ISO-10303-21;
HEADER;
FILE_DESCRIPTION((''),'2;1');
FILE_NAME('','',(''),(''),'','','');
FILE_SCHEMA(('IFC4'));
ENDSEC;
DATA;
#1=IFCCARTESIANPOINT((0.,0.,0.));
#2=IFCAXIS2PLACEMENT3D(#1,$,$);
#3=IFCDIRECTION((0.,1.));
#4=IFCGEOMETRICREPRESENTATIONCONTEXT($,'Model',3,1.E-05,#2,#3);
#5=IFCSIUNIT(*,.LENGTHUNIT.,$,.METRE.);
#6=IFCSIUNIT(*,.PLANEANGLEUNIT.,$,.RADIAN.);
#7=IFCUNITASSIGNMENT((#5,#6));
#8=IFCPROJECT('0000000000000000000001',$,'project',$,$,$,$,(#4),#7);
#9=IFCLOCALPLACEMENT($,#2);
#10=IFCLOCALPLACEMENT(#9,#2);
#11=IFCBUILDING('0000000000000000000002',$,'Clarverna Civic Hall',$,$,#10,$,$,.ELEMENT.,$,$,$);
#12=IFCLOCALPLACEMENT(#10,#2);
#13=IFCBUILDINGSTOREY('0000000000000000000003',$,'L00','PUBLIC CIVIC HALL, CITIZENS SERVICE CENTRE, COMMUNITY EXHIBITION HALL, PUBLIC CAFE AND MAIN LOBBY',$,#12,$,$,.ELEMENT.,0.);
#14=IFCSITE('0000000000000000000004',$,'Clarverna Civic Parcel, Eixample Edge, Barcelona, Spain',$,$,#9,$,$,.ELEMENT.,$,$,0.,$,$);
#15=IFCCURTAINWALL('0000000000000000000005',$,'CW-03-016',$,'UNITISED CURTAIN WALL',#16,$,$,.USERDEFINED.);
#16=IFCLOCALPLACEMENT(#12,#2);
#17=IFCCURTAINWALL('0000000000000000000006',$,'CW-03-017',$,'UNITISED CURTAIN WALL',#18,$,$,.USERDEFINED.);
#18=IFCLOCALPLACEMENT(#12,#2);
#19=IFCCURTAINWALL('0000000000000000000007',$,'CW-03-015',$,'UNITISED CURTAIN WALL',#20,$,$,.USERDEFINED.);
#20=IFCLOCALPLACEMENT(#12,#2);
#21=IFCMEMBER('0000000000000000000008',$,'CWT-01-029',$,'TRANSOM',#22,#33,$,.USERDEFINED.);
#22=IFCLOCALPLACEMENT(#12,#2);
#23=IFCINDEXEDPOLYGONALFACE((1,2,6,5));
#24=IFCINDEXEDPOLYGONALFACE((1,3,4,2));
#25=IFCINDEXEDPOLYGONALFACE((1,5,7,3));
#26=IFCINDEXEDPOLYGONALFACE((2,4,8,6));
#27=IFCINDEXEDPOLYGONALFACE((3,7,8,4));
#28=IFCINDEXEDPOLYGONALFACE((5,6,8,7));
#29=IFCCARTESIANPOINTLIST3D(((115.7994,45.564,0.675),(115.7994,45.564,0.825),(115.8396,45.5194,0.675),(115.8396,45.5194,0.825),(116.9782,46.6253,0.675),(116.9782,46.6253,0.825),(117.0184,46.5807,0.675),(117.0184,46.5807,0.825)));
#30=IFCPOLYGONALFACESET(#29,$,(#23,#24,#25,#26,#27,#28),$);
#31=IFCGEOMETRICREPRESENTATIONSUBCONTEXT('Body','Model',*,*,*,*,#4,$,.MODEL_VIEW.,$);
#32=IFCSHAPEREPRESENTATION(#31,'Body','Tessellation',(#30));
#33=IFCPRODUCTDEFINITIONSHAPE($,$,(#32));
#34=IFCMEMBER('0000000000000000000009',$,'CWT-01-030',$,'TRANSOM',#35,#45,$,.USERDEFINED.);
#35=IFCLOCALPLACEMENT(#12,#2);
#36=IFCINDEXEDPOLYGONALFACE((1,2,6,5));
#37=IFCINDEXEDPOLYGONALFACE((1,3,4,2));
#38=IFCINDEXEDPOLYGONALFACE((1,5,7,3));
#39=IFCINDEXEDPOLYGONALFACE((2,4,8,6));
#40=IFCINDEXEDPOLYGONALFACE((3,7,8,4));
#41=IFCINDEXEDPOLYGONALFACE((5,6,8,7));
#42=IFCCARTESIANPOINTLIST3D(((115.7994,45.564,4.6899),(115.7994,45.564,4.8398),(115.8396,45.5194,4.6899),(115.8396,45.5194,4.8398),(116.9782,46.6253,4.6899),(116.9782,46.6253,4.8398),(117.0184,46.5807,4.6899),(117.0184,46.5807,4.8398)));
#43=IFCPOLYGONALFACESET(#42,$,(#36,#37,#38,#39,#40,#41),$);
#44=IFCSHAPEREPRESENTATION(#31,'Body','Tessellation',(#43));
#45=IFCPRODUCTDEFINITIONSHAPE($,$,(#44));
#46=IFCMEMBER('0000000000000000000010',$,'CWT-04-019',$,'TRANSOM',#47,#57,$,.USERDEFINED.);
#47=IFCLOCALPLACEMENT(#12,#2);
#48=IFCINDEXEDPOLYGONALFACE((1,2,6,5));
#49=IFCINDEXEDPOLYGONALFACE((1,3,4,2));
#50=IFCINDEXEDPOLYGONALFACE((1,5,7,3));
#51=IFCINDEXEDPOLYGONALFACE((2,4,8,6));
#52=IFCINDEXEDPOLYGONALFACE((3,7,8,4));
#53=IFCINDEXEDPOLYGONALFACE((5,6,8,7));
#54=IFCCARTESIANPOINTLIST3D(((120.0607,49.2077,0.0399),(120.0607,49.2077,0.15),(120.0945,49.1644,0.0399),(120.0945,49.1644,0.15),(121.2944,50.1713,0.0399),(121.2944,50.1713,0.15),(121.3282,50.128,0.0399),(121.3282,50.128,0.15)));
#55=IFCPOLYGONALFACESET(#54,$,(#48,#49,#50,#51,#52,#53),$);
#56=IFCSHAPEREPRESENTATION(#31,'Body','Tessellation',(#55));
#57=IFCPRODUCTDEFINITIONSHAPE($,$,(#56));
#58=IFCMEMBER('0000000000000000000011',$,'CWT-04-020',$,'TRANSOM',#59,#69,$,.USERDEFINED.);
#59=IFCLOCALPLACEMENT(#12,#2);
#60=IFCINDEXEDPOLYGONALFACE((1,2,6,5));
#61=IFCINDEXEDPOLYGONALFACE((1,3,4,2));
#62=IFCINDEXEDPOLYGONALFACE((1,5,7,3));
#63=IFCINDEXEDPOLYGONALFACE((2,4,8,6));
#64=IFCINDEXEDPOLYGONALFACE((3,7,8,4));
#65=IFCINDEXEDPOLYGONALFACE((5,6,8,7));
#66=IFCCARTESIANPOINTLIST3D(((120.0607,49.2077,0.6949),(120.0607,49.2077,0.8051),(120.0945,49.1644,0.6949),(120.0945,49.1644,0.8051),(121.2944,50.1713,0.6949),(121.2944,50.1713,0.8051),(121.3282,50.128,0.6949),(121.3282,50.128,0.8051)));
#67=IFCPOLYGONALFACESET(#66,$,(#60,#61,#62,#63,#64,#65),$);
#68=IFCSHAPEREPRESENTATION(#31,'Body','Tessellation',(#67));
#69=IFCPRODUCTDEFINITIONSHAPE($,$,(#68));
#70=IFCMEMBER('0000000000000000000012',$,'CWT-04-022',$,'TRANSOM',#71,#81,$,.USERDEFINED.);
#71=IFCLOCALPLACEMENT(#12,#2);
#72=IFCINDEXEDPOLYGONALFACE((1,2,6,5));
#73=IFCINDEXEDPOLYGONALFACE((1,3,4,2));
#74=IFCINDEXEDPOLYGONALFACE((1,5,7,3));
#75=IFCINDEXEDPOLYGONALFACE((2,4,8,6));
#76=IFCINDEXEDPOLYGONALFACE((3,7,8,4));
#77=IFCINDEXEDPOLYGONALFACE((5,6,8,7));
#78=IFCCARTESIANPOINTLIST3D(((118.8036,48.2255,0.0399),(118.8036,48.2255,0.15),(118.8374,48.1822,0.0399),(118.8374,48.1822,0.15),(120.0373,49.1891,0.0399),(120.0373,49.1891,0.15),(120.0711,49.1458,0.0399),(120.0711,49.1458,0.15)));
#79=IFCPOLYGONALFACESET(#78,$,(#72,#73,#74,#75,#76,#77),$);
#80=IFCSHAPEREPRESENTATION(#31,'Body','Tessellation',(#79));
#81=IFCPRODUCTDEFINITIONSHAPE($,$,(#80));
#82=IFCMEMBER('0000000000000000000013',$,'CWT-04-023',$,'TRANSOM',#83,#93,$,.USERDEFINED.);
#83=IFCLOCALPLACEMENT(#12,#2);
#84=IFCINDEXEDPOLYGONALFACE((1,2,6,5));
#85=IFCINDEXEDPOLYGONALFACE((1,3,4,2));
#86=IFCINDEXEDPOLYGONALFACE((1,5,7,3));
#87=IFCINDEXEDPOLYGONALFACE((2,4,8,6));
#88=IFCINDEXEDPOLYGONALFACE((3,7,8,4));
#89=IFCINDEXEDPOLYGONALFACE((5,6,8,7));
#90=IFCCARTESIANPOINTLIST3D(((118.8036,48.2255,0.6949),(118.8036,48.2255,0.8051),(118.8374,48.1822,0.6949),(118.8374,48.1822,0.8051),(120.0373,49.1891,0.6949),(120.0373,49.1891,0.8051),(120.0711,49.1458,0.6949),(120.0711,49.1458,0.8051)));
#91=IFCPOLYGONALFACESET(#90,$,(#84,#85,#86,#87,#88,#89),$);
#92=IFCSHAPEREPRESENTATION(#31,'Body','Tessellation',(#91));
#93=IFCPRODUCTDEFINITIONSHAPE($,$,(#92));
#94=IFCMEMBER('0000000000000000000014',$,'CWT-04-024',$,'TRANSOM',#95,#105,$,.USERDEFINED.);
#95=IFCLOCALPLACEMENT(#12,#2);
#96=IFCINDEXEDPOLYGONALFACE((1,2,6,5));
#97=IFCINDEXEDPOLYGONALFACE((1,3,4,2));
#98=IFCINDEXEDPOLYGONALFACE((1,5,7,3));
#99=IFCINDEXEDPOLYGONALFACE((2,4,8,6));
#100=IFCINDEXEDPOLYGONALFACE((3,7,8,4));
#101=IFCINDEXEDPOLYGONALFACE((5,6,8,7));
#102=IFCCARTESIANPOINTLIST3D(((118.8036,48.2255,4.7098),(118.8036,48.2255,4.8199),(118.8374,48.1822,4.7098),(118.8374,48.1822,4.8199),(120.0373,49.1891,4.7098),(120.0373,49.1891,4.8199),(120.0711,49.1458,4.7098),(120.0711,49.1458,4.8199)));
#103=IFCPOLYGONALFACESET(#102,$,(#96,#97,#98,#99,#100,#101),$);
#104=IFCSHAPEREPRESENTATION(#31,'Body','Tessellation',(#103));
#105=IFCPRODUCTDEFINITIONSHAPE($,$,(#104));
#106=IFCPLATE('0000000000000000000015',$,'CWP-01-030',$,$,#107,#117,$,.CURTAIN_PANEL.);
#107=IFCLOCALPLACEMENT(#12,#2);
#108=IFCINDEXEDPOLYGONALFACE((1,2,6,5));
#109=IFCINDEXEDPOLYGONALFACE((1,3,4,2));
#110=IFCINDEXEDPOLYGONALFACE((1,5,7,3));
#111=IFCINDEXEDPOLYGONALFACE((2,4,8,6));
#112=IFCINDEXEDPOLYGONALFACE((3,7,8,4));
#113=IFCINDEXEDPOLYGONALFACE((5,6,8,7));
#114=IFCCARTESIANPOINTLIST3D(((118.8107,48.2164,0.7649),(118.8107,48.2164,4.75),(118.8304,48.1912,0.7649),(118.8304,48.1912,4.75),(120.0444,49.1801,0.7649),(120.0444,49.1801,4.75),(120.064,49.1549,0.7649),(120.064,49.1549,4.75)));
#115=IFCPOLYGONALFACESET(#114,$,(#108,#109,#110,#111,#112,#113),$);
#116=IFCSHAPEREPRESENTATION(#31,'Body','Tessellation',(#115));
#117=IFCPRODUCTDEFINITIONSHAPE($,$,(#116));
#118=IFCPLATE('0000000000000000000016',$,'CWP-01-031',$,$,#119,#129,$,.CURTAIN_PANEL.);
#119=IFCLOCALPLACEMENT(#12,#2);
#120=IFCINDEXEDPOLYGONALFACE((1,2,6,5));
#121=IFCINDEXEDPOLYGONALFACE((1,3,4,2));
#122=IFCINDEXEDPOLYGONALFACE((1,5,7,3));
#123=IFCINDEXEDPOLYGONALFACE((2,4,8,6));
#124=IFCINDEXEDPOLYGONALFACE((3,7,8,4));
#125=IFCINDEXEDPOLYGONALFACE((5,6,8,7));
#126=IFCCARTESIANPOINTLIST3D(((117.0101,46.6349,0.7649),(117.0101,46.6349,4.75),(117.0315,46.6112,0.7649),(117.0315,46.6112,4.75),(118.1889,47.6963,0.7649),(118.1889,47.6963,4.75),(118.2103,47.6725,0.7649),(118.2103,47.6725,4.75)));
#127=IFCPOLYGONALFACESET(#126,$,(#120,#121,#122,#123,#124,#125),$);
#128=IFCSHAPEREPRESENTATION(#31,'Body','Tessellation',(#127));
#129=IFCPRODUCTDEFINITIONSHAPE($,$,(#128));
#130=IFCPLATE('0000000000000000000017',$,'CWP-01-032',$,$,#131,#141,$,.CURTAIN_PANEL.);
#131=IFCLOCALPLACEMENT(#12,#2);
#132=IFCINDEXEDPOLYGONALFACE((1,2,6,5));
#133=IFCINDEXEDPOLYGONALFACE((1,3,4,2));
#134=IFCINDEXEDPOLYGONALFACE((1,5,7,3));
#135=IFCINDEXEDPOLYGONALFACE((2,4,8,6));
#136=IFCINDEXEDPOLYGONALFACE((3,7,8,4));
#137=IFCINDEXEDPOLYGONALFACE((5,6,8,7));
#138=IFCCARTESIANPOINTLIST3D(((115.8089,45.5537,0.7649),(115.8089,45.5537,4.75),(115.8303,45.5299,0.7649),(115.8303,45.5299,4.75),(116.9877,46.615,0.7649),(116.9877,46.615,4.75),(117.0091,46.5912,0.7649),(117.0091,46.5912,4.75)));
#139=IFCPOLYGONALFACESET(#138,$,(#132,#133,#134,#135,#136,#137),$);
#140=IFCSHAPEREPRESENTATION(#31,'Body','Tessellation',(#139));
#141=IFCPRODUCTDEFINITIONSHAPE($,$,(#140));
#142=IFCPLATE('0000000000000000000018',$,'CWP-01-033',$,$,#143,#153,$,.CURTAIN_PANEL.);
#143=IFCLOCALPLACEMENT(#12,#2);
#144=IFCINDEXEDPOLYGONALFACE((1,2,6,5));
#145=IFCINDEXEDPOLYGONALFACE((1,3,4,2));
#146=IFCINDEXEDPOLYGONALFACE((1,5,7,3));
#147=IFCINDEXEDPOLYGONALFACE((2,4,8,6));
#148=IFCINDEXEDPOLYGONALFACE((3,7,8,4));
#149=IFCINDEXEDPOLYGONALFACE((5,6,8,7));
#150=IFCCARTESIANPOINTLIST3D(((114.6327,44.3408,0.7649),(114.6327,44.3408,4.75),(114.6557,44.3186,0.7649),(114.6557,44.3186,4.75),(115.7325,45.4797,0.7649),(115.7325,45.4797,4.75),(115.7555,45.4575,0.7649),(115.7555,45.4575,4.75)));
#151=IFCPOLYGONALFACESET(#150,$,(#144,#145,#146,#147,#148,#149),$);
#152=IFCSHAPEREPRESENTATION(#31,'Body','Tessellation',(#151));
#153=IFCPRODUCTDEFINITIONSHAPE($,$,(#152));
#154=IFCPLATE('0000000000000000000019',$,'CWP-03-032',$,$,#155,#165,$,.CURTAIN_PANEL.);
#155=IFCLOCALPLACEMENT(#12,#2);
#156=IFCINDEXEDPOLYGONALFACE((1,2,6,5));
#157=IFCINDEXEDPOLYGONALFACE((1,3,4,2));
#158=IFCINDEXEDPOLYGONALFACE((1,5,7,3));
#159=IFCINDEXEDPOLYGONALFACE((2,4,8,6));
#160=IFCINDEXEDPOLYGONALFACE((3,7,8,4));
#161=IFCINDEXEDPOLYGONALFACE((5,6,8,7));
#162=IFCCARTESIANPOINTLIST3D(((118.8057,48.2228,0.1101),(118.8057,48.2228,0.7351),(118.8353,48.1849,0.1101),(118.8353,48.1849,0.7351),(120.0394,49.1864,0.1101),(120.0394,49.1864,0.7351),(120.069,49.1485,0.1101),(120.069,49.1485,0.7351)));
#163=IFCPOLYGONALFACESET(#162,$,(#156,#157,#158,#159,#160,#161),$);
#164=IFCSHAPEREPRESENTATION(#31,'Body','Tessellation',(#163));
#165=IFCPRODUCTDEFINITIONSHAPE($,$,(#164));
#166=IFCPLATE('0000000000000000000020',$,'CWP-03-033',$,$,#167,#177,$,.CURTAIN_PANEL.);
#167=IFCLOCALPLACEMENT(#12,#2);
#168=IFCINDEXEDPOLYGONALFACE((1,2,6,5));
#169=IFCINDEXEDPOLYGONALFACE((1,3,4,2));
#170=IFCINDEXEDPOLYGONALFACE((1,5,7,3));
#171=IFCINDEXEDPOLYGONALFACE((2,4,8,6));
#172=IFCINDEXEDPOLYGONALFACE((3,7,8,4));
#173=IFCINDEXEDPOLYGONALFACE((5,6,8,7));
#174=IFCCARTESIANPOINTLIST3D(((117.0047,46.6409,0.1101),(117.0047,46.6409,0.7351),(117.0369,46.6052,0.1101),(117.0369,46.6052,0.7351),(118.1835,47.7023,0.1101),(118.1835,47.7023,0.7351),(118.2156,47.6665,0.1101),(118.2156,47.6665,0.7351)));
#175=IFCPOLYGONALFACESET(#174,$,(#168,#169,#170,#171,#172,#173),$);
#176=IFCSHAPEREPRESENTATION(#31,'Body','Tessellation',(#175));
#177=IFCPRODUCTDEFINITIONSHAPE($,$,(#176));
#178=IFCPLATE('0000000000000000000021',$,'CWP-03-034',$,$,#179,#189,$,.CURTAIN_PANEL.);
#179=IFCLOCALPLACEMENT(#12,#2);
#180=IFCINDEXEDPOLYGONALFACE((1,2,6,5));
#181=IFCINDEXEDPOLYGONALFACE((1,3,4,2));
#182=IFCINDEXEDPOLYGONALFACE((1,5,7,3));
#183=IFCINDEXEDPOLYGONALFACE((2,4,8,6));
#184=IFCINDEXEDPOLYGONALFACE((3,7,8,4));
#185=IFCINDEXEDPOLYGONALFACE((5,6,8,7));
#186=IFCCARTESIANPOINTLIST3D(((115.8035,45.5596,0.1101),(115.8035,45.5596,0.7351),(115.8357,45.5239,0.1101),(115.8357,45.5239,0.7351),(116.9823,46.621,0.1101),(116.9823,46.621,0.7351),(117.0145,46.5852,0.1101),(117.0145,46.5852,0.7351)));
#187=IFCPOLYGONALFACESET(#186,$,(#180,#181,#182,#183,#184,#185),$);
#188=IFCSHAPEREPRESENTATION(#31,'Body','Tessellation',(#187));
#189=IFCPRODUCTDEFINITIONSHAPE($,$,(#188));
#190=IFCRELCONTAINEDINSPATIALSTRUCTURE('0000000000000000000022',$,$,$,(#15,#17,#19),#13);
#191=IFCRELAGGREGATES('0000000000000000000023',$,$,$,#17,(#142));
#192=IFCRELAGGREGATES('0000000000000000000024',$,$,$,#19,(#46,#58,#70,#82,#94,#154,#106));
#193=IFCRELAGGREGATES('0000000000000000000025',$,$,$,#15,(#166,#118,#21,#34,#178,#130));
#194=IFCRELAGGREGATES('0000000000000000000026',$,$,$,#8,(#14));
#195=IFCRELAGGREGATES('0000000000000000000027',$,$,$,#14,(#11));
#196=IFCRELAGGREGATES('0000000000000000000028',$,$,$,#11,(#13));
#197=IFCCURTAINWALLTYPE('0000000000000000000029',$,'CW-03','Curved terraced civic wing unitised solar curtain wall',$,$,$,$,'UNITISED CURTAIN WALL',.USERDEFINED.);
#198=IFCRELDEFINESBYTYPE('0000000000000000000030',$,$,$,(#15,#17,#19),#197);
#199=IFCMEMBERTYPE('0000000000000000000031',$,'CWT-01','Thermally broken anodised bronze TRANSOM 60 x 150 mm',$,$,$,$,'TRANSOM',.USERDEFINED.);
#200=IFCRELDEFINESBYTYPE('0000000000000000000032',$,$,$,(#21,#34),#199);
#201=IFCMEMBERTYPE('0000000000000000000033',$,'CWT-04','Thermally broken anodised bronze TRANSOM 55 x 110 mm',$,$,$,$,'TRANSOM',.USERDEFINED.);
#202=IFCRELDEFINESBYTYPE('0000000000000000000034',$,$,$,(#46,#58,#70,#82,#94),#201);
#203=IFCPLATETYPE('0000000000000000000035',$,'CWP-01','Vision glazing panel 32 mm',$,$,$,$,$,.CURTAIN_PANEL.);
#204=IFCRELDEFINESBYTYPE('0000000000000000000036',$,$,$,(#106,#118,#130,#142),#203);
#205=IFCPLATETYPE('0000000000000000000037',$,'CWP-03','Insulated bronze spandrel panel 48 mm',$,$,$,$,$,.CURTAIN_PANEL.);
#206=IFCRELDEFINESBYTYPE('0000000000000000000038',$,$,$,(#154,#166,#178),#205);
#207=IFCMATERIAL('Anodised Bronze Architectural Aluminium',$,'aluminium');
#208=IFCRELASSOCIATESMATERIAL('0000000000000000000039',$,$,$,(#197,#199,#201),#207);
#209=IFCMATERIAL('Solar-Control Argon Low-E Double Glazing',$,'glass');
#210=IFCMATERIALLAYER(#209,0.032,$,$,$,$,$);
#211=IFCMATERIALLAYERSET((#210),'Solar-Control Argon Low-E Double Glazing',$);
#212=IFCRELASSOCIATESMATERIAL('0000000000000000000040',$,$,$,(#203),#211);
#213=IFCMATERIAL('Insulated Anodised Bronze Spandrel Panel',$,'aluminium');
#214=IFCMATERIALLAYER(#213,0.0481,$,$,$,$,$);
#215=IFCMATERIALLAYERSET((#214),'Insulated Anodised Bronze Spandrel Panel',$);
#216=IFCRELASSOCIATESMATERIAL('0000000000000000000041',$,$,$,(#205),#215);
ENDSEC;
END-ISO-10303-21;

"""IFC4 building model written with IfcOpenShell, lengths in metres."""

from ifc_helpers import new_model, si_unit, direction, frame, frame_2d, origin, origin_2d, place, context, subcontext, project, spatial, rectangle, extrude, material, layer, layer_set, material_profile, profile_set, type_object, element, aggregate, save


model = new_model("IFC4")

# Units and contexts
model_context = context("Model", 3, precision=1e-05, world=origin(), true_north=direction((0.0, 1.0)))
body_context = subcontext(model_context, "Body", "Model", "MODEL_VIEW")
ifc_project = project(units=[si_unit("LENGTHUNIT", "METRE"), si_unit("PLANEANGLEUNIT", "RADIAN")], contexts=[model_context])

# Site, building, storey
site_placement = place(None, origin())
site = spatial("IfcSite", under=ifc_project, at=site_placement, Name="Clarverna Civic Parcel, Eixample Edge, Barcelona, Spain", CompositionType="ELEMENT", RefElevation=0.0)
building_placement = place(site_placement, origin())
building = spatial("IfcBuilding", under=site, at=building_placement, Name="Clarverna Civic Hall", CompositionType="ELEMENT")
storey_placement = place(building_placement, origin())
storey = spatial("IfcBuildingStorey", under=building, at=storey_placement, Name="L00", Description="PUBLIC CIVIC HALL, CITIZENS SERVICE CENTRE, COMMUNITY EXHIBITION HALL, PUBLIC CAFE AND MAIN LOBBY", CompositionType="ELEMENT", Elevation=0.0)

# Curtain wall
ifc_material_1 = material(Name="Anodised Bronze Architectural Aluminium", Category="aluminium")
curtain_wall_type = type_object("IfcCurtainWallType", Name="CW-03", Description="Curved terraced civic wing unitised solar curtain wall", ElementType="UNITISED CURTAIN WALL", PredefinedType="USERDEFINED", material=ifc_material_1)
curtain_wall_1_placement = place(storey_placement, origin())
curtain_wall_1 = element("IfcCurtainWall", 1, at=curtain_wall_1_placement, inside=storey, type_object=curtain_wall_type, Name="CW-03-016", ObjectType="UNITISED CURTAIN WALL", PredefinedType="USERDEFINED")

# Curtain wall
curtain_wall_2_placement = place(storey_placement, origin())
curtain_wall_2 = element("IfcCurtainWall", 2, at=curtain_wall_2_placement, inside=storey, type_object=curtain_wall_type, Name="CW-03-017", ObjectType="UNITISED CURTAIN WALL", PredefinedType="USERDEFINED")

# Curtain wall
curtain_wall_3_placement = place(storey_placement, origin())
curtain_wall_3 = element("IfcCurtainWall", 3, at=curtain_wall_3_placement, inside=storey, type_object=curtain_wall_type, Name="CW-03-015", ObjectType="UNITISED CURTAIN WALL", PredefinedType="USERDEFINED")

# Members
ifc_material_profile_1 = material_profile(ifc_material_1, rectangle(XDim=0.0601, YDim=0.1499, at=origin_2d()), Name="BRONZE 60x150")
ifc_profile_set_1 = profile_set([ifc_material_profile_1], Name="Anodised Bronze Architectural Aluminium")
member_type_1 = type_object("IfcMemberType", Name="CWT-01", Description="Thermally broken anodised bronze TRANSOM 60 x 150 mm", ElementType="TRANSOM", PredefinedType="USERDEFINED", material=ifc_profile_set_1)
member_1_placement = place(storey_placement, frame((116.9983, 46.603, 0.75), z_axis=(-0.743156, -0.669118, 0.0), x_axis=(0.669118, -0.743156, 0.0)))
member_1 = element("IfcMember", 4, at=member_1_placement, type_object=member_type_1, Name="CWT-01-029", ObjectType="TRANSOM", PredefinedType="USERDEFINED", context=body_context, shape_type="SweptSolid", body=[
    extrude(rectangle(XDim=0.0601, YDim=0.1499, at=origin_2d()), origin(), (0.0, 0.0, 1.0), 1.5862),
])
member_2_placement = place(storey_placement, frame((116.9983, 46.603, 4.7649), z_axis=(-0.743156, -0.669118, 0.0), x_axis=(0.669118, -0.743156, 0.0)))
member_2 = element("IfcMember", 5, at=member_2_placement, type_object=member_type_1, Name="CWT-01-030", ObjectType="TRANSOM", PredefinedType="USERDEFINED", context=body_context, shape_type="SweptSolid", body=[
    extrude(rectangle(XDim=0.0601, YDim=0.1499, at=origin_2d()), origin(), (0.0, 0.0, 1.0), 1.5862),
])
ifc_material_profile_2 = material_profile(ifc_material_1, rectangle(XDim=0.0549, YDim=0.1101, at=origin_2d()), Name="BRONZE 55x110")
ifc_profile_set_2 = profile_set([ifc_material_profile_2], Name="Anodised Bronze Architectural Aluminium")
member_type_2 = type_object("IfcMemberType", Name="CWT-04", Description="Thermally broken anodised bronze TRANSOM 55 x 110 mm", ElementType="TRANSOM", PredefinedType="USERDEFINED", material=ifc_profile_set_2)
member_3_placement = place(storey_placement, frame((121.3113, 50.1497, 0.095), z_axis=(-0.788074, -0.61558, 0.0), x_axis=(0.61558, -0.788074, 0.0)))
member_3 = element("IfcMember", 6, at=member_3_placement, type_object=member_type_2, Name="CWT-04-019", ObjectType="TRANSOM", PredefinedType="USERDEFINED", context=body_context, shape_type="SweptSolid", body=[
    extrude(rectangle(XDim=0.0549, YDim=0.1101, at=origin_2d()), origin(), (0.0, 0.0, 1.0), 1.5654),
])
member_4_placement = place(storey_placement, frame((121.3113, 50.1497, 0.75), z_axis=(-0.788074, -0.61558, 0.0), x_axis=(0.61558, -0.788074, 0.0)))
member_4 = element("IfcMember", 7, at=member_4_placement, type_object=member_type_2, Name="CWT-04-020", ObjectType="TRANSOM", PredefinedType="USERDEFINED", context=body_context, shape_type="SweptSolid", body=[
    extrude(rectangle(XDim=0.0549, YDim=0.1101, at=origin_2d()), origin(), (0.0, 0.0, 1.0), 1.5654),
])
member_5_placement = place(storey_placement, frame((120.0542, 49.1675, 0.095), z_axis=(-0.788074, -0.61558, 0.0), x_axis=(0.61558, -0.788074, 0.0)))
member_5 = element("IfcMember", 8, at=member_5_placement, type_object=member_type_2, Name="CWT-04-022", ObjectType="TRANSOM", PredefinedType="USERDEFINED", context=body_context, shape_type="SweptSolid", body=[
    extrude(rectangle(XDim=0.0549, YDim=0.1101, at=origin_2d()), origin(), (0.0, 0.0, 1.0), 1.5654),
])
member_6_placement = place(storey_placement, frame((120.0542, 49.1675, 0.75), z_axis=(-0.788074, -0.61558, 0.0), x_axis=(0.61558, -0.788074, 0.0)))
member_6 = element("IfcMember", 9, at=member_6_placement, type_object=member_type_2, Name="CWT-04-023", ObjectType="TRANSOM", PredefinedType="USERDEFINED", context=body_context, shape_type="SweptSolid", body=[
    extrude(rectangle(XDim=0.0549, YDim=0.1101, at=origin_2d()), origin(), (0.0, 0.0, 1.0), 1.5654),
])
member_7_placement = place(storey_placement, frame((120.0542, 49.1675, 4.7649), z_axis=(-0.788074, -0.61558, 0.0), x_axis=(0.61558, -0.788074, 0.0)))
member_7 = element("IfcMember", 10, at=member_7_placement, type_object=member_type_2, Name="CWT-04-024", ObjectType="TRANSOM", PredefinedType="USERDEFINED", context=body_context, shape_type="SweptSolid", body=[
    extrude(rectangle(XDim=0.0549, YDim=0.1101, at=origin_2d()), origin(), (0.0, 0.0, 1.0), 1.5654),
])

# Plates
ifc_material_2 = material(Name="Solar-Control Argon Low-E Double Glazing", Category="glass")
ifc_layer_1 = layer(ifc_material_2, 0.032)
ifc_layer_set_1 = layer_set([ifc_layer_1], Name="Solar-Control Argon Low-E Double Glazing")
plate_type_1 = type_object("IfcPlateType", Name="CWP-01", Description="Vision glazing panel 32 mm", PredefinedType="CURTAIN_PANEL", material=ifc_layer_set_1)
plate_1_placement = place(storey_placement, frame((120.0542, 49.1675, 0.7649), z_axis=(0.0, 0.0, 1.0), x_axis=(-0.788074, -0.61558, 0.0)))
plate_1 = element("IfcPlate", 11, at=plate_1_placement, type_object=plate_type_1, Name="CWP-01-030", PredefinedType="CURTAIN_PANEL", context=body_context, shape_type="SweptSolid", body=[
    extrude(rectangle(XDim=1.5654, YDim=0.032, at=frame_2d((0.7827, 0.0))), origin(), (0.0, 0.0, 1.0), 3.9851),
])
plate_2_placement = place(storey_placement, frame((118.1995, 47.6843, 0.7649), z_axis=(0.0, 0.0, 1.0), x_axis=(-0.743156, -0.669118, 0.0)))
plate_2 = element("IfcPlate", 12, at=plate_2_placement, type_object=plate_type_1, Name="CWP-01-031", PredefinedType="CURTAIN_PANEL", context=body_context, shape_type="SweptSolid", body=[
    extrude(rectangle(XDim=1.5862, YDim=0.032, at=frame_2d((0.793, 0.0))), origin(), (0.0, 0.0, 1.0), 3.9851),
])
plate_3_placement = place(storey_placement, frame((116.9983, 46.603, 0.7649), z_axis=(0.0, 0.0, 1.0), x_axis=(-0.743156, -0.669118, 0.0)))
plate_3 = element("IfcPlate", 13, at=plate_3_placement, type_object=plate_type_1, Name="CWP-01-032", PredefinedType="CURTAIN_PANEL", context=body_context, shape_type="SweptSolid", body=[
    extrude(rectangle(XDim=1.5862, YDim=0.032, at=frame_2d((0.793, 0.0))), origin(), (0.0, 0.0, 1.0), 3.9851),
])
plate_4_placement = place(storey_placement, frame((115.7439, 45.4685, 0.7649), z_axis=(0.0, 0.0, 1.0), x_axis=(-0.694663, -0.719335, 0.0)))
plate_4 = element("IfcPlate", 14, at=plate_4_placement, type_object=plate_type_1, Name="CWP-01-033", PredefinedType="CURTAIN_PANEL", context=body_context, shape_type="SweptSolid", body=[
    extrude(rectangle(XDim=1.5833, YDim=0.032, at=frame_2d((0.7915, 0.0))), origin(), (0.0, 0.0, 1.0), 3.9851),
])
aggregate(curtain_wall_2, [plate_4])
ifc_material_3 = material(Name="Insulated Anodised Bronze Spandrel Panel", Category="aluminium")
ifc_layer_2 = layer(ifc_material_3, 0.0481)
ifc_layer_set_2 = layer_set([ifc_layer_2], Name="Insulated Anodised Bronze Spandrel Panel")
plate_type_2 = type_object("IfcPlateType", Name="CWP-03", Description="Insulated bronze spandrel panel 48 mm", PredefinedType="CURTAIN_PANEL", material=ifc_layer_set_2)
plate_5_placement = place(storey_placement, frame((120.0542, 49.1675, 0.1101), z_axis=(0.0, 0.0, 1.0), x_axis=(-0.788074, -0.61558, 0.0)))
plate_5 = element("IfcPlate", 15, at=plate_5_placement, type_object=plate_type_2, Name="CWP-03-032", PredefinedType="CURTAIN_PANEL", context=body_context, shape_type="SweptSolid", body=[
    extrude(rectangle(XDim=1.5654, YDim=0.0481, at=frame_2d((0.7827, 0.0))), origin(), (0.0, 0.0, 1.0), 0.625),
])
aggregate(curtain_wall_3, [member_3, member_4, member_5, member_6, member_7, plate_5, plate_1])
plate_6_placement = place(storey_placement, frame((118.1995, 47.6843, 0.1101), z_axis=(0.0, 0.0, 1.0), x_axis=(-0.743156, -0.669118, 0.0)))
plate_6 = element("IfcPlate", 16, at=plate_6_placement, type_object=plate_type_2, Name="CWP-03-033", PredefinedType="CURTAIN_PANEL", context=body_context, shape_type="SweptSolid", body=[
    extrude(rectangle(XDim=1.5862, YDim=0.0481, at=frame_2d((0.793, 0.0))), origin(), (0.0, 0.0, 1.0), 0.625),
])
plate_7_placement = place(storey_placement, frame((116.9983, 46.603, 0.1101), z_axis=(0.0, 0.0, 1.0), x_axis=(-0.743156, -0.669118, 0.0)))
plate_7 = element("IfcPlate", 17, at=plate_7_placement, type_object=plate_type_2, Name="CWP-03-034", PredefinedType="CURTAIN_PANEL", context=body_context, shape_type="SweptSolid", body=[
    extrude(rectangle(XDim=1.5862, YDim=0.0481, at=frame_2d((0.793, 0.0))), origin(), (0.0, 0.0, 1.0), 0.625),
])
aggregate(curtain_wall_1, [plate_6, plate_2, member_1, member_2, plate_7, plate_3])

save(model, "model.ifc")
